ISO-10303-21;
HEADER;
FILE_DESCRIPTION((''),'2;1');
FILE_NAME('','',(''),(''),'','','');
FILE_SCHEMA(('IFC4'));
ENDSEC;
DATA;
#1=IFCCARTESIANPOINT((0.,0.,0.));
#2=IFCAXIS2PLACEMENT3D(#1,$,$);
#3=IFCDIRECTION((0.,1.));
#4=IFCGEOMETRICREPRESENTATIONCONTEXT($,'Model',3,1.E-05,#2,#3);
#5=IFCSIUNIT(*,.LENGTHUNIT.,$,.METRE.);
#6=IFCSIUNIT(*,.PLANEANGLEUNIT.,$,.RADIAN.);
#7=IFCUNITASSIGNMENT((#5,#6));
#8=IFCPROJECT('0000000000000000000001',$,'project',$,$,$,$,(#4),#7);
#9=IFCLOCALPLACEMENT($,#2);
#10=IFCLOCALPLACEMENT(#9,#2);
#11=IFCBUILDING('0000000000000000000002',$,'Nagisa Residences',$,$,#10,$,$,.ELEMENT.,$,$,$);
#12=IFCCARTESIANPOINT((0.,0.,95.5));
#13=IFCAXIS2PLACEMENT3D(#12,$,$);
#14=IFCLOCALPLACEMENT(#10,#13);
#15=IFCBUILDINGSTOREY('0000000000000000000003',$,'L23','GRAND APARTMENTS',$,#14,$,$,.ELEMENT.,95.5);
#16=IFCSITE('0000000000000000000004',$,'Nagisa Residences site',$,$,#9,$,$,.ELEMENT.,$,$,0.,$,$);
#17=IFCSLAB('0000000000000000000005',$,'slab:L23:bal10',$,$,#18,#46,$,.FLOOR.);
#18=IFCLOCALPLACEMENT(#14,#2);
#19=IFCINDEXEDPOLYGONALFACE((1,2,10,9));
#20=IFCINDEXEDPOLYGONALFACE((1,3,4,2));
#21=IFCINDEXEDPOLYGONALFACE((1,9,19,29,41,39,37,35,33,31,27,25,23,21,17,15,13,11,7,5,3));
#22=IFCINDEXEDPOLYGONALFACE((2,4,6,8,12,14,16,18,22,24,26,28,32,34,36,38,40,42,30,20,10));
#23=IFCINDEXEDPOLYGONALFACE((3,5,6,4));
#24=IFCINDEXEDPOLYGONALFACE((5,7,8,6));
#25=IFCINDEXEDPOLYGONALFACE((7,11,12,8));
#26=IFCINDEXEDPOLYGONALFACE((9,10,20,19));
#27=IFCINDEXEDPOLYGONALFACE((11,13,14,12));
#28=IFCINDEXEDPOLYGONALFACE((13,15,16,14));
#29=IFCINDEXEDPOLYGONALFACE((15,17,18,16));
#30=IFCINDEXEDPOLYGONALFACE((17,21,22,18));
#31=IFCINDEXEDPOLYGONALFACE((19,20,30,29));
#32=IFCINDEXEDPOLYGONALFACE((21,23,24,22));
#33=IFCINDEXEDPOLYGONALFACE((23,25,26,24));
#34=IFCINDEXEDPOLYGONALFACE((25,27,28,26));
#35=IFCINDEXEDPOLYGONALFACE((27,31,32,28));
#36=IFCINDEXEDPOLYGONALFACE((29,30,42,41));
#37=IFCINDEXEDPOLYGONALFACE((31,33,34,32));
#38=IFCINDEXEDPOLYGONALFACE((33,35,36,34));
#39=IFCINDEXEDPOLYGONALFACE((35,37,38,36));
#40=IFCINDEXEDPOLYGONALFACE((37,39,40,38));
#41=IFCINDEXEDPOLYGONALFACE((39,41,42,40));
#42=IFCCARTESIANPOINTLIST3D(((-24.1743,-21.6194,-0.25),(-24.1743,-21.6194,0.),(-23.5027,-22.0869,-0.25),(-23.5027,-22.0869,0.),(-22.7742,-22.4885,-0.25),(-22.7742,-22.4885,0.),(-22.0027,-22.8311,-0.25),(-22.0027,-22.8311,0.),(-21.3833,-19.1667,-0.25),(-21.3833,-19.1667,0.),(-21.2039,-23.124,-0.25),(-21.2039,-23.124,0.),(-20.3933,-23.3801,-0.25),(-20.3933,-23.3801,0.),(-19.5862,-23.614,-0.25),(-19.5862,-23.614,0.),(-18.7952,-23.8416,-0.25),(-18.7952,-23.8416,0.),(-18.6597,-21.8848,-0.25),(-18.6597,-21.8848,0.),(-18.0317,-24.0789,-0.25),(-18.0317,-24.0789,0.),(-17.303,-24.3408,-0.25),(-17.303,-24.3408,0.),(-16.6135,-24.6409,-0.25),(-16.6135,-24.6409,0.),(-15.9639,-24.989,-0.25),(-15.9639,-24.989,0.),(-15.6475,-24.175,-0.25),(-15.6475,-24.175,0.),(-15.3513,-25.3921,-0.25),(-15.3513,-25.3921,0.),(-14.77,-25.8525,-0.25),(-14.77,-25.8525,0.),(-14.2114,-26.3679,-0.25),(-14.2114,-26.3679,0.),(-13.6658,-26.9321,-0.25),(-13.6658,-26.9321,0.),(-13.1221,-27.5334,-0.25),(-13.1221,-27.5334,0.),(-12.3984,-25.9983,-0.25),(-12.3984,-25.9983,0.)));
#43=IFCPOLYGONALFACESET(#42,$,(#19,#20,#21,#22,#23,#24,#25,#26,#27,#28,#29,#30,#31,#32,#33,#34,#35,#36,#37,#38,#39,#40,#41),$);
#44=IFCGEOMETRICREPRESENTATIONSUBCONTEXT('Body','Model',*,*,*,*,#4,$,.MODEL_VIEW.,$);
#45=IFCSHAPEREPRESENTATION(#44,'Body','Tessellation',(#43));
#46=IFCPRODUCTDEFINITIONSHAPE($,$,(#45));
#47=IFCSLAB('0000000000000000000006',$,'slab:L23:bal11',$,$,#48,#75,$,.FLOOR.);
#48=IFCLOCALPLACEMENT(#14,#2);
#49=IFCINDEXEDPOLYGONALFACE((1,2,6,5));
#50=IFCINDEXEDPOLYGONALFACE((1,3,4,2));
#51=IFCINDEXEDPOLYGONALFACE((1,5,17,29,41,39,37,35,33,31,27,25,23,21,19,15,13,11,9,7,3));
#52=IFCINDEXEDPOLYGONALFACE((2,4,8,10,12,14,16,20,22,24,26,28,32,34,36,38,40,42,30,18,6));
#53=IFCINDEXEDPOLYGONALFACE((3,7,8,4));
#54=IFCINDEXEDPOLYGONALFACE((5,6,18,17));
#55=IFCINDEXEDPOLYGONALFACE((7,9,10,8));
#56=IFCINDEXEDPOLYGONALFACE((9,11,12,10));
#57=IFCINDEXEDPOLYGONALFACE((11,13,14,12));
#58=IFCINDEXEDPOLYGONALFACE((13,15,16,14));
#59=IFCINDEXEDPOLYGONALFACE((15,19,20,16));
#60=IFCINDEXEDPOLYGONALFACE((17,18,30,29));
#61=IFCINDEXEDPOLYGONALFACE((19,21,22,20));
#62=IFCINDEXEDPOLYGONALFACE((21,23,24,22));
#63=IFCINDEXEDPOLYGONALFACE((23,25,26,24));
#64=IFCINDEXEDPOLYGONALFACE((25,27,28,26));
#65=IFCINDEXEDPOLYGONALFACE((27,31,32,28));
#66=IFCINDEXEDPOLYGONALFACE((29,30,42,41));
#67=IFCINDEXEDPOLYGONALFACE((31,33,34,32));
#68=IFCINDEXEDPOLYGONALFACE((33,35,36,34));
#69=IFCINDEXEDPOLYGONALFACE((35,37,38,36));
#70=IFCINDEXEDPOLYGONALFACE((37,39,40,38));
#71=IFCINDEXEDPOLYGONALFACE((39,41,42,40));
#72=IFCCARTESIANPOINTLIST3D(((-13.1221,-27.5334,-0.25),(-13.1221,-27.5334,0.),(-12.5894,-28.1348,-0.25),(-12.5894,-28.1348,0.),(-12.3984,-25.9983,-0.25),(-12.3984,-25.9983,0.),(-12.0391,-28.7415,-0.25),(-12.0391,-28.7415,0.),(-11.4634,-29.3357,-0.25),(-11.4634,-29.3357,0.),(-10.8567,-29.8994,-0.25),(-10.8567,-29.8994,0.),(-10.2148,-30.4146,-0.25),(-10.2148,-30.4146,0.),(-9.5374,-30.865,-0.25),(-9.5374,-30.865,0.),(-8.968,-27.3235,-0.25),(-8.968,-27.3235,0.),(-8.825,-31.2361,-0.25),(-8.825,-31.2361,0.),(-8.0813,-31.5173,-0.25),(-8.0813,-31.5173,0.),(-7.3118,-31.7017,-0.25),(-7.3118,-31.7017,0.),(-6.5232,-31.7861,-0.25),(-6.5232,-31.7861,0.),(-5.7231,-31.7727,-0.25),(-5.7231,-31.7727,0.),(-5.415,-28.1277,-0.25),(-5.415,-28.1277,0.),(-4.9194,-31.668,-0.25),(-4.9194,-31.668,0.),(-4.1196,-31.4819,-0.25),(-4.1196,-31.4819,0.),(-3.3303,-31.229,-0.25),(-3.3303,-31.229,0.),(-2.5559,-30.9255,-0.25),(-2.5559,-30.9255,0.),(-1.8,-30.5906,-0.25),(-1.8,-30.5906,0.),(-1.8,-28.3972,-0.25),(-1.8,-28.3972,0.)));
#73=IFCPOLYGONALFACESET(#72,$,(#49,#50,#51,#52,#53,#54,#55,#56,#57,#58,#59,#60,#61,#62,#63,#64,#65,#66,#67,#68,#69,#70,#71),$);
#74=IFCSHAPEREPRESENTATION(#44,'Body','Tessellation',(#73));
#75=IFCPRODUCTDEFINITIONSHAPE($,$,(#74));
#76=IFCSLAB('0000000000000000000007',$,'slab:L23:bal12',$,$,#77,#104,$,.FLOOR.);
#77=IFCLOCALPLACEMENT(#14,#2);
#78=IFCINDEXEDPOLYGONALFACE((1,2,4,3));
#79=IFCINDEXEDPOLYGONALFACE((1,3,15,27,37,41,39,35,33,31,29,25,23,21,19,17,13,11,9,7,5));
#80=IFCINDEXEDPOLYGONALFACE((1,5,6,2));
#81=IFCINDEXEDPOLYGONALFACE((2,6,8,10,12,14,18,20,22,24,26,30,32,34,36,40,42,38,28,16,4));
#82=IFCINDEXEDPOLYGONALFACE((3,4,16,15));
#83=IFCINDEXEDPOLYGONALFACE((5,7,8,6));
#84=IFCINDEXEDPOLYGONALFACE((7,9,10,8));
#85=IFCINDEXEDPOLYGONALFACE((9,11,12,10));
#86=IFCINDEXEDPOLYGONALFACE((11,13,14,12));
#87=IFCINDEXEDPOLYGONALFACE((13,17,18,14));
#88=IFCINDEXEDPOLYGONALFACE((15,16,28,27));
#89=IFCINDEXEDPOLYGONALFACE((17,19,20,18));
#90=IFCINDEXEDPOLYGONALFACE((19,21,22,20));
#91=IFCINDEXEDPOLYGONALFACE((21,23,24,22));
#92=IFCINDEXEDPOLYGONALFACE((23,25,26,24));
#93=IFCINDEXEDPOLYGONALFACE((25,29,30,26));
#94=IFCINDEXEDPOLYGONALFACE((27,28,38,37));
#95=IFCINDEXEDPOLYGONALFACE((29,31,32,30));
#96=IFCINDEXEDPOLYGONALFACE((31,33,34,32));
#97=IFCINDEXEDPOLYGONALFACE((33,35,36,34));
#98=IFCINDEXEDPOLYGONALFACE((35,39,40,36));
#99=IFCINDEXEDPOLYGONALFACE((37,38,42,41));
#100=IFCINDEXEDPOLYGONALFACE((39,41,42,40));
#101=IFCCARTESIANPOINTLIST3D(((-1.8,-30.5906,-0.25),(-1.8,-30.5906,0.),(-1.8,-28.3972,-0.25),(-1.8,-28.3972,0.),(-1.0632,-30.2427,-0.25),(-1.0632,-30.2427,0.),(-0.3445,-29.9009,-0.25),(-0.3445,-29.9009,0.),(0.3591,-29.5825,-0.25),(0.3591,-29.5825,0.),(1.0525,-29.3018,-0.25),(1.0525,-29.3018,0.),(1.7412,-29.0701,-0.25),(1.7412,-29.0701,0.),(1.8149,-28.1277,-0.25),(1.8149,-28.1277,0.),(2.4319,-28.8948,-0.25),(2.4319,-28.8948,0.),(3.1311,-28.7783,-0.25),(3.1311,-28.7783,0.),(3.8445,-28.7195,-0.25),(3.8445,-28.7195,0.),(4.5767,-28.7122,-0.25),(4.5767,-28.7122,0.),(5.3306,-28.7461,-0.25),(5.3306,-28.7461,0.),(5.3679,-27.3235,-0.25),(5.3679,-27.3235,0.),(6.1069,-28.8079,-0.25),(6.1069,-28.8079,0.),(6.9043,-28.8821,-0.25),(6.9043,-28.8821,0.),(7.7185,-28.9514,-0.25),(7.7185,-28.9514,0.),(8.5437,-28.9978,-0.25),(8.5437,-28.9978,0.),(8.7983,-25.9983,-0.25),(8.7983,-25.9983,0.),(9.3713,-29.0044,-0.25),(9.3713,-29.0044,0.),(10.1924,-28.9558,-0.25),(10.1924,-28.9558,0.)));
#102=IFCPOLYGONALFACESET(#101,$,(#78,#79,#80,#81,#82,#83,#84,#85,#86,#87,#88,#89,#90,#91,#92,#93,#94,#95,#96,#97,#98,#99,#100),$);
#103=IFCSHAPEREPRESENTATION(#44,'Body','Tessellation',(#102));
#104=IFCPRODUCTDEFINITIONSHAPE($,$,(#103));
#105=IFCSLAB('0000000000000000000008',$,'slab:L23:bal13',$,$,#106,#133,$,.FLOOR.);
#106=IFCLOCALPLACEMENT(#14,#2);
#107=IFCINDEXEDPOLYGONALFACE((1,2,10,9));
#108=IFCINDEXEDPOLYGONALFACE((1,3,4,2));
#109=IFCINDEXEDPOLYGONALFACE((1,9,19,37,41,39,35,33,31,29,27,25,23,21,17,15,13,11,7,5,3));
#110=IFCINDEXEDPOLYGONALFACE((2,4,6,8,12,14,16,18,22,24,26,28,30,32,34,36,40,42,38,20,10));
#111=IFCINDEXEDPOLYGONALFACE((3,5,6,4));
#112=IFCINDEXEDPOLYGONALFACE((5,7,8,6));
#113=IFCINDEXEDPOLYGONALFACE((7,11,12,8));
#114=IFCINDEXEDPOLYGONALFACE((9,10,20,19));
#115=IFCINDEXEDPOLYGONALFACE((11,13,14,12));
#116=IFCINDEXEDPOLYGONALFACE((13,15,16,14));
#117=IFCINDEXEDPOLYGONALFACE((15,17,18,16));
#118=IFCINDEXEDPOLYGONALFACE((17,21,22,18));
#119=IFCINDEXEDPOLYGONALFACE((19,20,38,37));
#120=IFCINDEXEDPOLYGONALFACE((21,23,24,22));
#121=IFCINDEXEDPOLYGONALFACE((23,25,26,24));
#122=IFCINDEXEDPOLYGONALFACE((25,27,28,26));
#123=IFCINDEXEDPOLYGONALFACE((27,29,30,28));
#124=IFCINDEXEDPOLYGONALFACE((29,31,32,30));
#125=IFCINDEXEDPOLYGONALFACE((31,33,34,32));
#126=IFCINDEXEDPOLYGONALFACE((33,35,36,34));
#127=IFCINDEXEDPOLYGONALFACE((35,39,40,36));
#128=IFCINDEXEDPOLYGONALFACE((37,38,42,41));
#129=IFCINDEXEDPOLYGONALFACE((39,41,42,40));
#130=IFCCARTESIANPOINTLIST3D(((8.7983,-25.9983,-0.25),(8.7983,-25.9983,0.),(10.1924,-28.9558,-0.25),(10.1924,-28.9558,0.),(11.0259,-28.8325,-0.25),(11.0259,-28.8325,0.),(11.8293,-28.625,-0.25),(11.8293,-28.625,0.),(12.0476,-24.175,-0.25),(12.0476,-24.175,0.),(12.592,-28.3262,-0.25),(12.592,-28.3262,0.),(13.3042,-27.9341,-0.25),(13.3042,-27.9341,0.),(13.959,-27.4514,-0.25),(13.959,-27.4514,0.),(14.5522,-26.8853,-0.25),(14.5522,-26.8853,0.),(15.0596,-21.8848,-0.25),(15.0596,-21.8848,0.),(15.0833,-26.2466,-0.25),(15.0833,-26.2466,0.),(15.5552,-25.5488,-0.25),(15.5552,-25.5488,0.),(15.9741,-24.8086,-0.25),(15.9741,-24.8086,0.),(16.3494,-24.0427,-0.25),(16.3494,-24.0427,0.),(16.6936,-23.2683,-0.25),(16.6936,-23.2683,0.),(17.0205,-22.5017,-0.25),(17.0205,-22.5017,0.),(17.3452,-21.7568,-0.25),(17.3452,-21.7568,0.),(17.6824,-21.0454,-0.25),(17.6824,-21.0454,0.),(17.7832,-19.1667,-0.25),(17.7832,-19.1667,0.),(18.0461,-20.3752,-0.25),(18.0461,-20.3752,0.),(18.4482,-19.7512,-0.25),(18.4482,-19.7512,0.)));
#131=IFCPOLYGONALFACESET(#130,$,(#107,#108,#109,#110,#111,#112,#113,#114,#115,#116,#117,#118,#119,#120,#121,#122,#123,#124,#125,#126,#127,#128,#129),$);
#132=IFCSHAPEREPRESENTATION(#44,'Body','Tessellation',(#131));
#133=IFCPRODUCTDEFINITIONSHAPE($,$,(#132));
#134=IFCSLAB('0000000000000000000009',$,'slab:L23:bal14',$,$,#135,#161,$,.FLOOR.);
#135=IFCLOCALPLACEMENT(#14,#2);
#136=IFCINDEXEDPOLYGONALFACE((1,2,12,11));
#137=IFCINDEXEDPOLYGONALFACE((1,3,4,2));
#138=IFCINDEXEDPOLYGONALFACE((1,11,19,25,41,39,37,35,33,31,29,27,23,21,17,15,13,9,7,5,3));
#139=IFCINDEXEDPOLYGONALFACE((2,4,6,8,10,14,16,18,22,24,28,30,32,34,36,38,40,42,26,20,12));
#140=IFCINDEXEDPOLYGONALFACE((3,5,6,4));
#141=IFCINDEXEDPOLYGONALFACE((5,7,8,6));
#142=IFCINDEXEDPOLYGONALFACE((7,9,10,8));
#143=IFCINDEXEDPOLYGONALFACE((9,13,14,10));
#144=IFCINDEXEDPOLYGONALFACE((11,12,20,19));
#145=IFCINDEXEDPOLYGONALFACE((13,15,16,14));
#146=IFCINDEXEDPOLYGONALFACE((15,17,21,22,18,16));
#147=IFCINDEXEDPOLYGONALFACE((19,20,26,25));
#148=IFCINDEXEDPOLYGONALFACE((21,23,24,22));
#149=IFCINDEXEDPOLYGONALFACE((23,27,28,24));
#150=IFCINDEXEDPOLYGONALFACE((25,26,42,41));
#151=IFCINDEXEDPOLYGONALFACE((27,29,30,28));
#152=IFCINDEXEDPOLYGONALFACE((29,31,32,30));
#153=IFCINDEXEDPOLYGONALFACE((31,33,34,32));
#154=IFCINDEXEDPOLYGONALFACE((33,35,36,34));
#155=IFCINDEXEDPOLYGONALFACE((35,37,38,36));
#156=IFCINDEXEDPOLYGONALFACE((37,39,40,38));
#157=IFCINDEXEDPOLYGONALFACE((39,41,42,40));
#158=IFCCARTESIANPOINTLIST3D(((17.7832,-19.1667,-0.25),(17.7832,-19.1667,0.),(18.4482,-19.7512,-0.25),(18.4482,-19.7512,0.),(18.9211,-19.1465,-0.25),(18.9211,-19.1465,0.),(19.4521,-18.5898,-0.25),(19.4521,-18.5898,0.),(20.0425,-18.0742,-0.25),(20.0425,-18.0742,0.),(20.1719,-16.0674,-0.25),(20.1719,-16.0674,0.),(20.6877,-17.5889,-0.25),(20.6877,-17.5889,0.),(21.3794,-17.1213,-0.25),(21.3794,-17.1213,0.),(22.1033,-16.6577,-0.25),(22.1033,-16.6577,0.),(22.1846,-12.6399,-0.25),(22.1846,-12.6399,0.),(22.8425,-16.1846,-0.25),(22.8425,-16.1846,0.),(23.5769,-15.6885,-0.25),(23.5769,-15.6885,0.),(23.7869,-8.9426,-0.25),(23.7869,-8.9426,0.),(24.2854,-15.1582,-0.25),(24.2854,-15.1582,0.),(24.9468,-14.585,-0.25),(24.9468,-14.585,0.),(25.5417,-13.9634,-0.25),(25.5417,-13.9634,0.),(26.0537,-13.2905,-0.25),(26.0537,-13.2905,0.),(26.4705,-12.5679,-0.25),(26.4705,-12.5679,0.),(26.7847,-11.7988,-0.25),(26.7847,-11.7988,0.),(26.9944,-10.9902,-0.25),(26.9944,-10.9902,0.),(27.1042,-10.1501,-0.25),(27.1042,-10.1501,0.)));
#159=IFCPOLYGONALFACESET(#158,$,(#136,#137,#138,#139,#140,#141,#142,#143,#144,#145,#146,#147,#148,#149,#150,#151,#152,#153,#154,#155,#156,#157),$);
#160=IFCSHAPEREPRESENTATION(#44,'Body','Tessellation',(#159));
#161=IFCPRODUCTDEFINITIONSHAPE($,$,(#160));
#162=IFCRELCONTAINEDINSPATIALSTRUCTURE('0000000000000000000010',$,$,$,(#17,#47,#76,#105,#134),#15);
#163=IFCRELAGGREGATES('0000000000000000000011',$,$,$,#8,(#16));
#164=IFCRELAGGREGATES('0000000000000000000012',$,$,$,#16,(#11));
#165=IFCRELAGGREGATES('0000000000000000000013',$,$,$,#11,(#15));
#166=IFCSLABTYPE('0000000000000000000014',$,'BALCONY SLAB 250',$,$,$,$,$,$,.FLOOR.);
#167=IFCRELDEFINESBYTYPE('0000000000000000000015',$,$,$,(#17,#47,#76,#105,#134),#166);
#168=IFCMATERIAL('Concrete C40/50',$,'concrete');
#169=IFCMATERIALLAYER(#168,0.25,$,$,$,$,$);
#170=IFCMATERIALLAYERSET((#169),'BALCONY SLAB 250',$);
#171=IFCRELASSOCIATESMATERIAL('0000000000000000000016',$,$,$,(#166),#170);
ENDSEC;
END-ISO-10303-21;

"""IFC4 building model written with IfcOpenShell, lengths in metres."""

from ifc_helpers import new_model, si_unit, direction, frame, origin, place, context, subcontext, project, spatial, polyline, outline, extrude, material, layer, layer_set, type_object, element, save


model = new_model("IFC4")

# Units and contexts
model_context = context("Model", 3, precision=1e-05, world=origin(), true_north=direction((0.0, 1.0)))
body_context = subcontext(model_context, "Body", "Model", "MODEL_VIEW")
ifc_project = project(units=[si_unit("LENGTHUNIT", "METRE"), si_unit("PLANEANGLEUNIT", "RADIAN")], contexts=[model_context])

# Site, building, storey
site_placement = place(None, origin())
site = spatial("IfcSite", under=ifc_project, at=site_placement, Name="Nagisa Residences site", CompositionType="ELEMENT", RefElevation=0.0)
building_placement = place(site_placement, origin())
building = spatial("IfcBuilding", under=site, at=building_placement, Name="Nagisa Residences", CompositionType="ELEMENT")
storey_placement = place(building_placement, frame((0.0, 0.0, 95.5)))
storey = spatial("IfcBuildingStorey", under=building, at=storey_placement, Name="L23", Description="GRAND APARTMENTS", CompositionType="ELEMENT", Elevation=95.5)

# Slabs
ifc_material_1 = material(Name="Concrete C40/50", Category="concrete")
ifc_layer_1 = layer(ifc_material_1, 0.25)
ifc_layer_set_1 = layer_set([ifc_layer_1], Name="BALCONY SLAB 250")
slab_type_1 = type_object("IfcSlabType", Name="BALCONY SLAB 250", PredefinedType="FLOOR", material=ifc_layer_set_1)
slab_1_placement = place(storey_placement, frame((0.0, 0.0, -0.25)))
element("IfcSlab", 1, at=slab_1_placement, inside=storey, type_object=slab_type_1, Name="slab:L23:bal10", PredefinedType="FLOOR", context=body_context, shape_type="SweptSolid", body=[
    extrude(outline(polyline([(-24.1743, -21.6194), (-23.5027, -22.0869), (-22.7742, -22.4885), (-22.0027, -22.8311), (-21.2039, -23.124), (-20.3933, -23.3801), (-19.5862, -23.614), (-18.7952, -23.8416), (-18.0317, -24.0789), (-17.303, -24.3408), (-16.6135, -24.6409), (-15.9639, -24.989), (-15.3513, -25.3921), (-14.77, -25.8525), (-14.2114, -26.3679), (-13.6658, -26.9321), (-13.1221, -27.5334), (-12.3984, -25.9983), (-15.6475, -24.175), (-18.6597, -21.8848), (-21.3833, -19.1667), (-24.1743, -21.6194)])), origin(), (0.0, 0.0, 1.0), 0.25),
])
slab_2_placement = place(storey_placement, frame((0.0, 0.0, -0.25)))
element("IfcSlab", 2, at=slab_2_placement, inside=storey, type_object=slab_type_1, Name="slab:L23:bal11", PredefinedType="FLOOR", context=body_context, shape_type="SweptSolid", body=[
    extrude(outline(polyline([(-13.1221, -27.5334), (-12.5894, -28.1348), (-12.0391, -28.7415), (-11.4634, -29.3357), (-10.8567, -29.8994), (-10.2148, -30.4146), (-9.5374, -30.865), (-8.825, -31.2361), (-8.0813, -31.5173), (-7.3118, -31.7017), (-6.5232, -31.7861), (-5.7231, -31.7727), (-4.9194, -31.668), (-4.1196, -31.4819), (-3.3303, -31.229), (-2.5559, -30.9255), (-1.8, -30.5906), (-1.8, -28.3972), (-5.415, -28.1277), (-8.968, -27.3235), (-12.3984, -25.9983), (-13.1221, -27.5334)])), origin(), (0.0, 0.0, 1.0), 0.25),
])
slab_3_placement = place(storey_placement, frame((0.0, 0.0, -0.25)))
element("IfcSlab", 3, at=slab_3_placement, inside=storey, type_object=slab_type_1, Name="slab:L23:bal12", PredefinedType="FLOOR", context=body_context, shape_type="SweptSolid", body=[
    extrude(outline(polyline([(-1.8, -30.5906), (-1.0632, -30.2427), (-0.3445, -29.9009), (0.3591, -29.5825), (1.0525, -29.3018), (1.7412, -29.0701), (2.4319, -28.8948), (3.1311, -28.7783), (3.8445, -28.7195), (4.5767, -28.7122), (5.3306, -28.7461), (6.1069, -28.8079), (6.9043, -28.8821), (7.7185, -28.9514), (8.5437, -28.9978), (9.3713, -29.0044), (10.1924, -28.9558), (8.7983, -25.9983), (5.3679, -27.3235), (1.8149, -28.1277), (-1.8, -28.3972), (-1.8, -30.5906)])), origin(), (0.0, 0.0, 1.0), 0.25),
])
slab_4_placement = place(storey_placement, frame((0.0, 0.0, -0.25)))
element("IfcSlab", 4, at=slab_4_placement, inside=storey, type_object=slab_type_1, Name="slab:L23:bal13", PredefinedType="FLOOR", context=body_context, shape_type="SweptSolid", body=[
    extrude(outline(polyline([(10.1924, -28.9558), (11.0259, -28.8325), (11.8293, -28.625), (12.592, -28.3262), (13.3042, -27.9341), (13.959, -27.4514), (14.5522, -26.8853), (15.0833, -26.2466), (15.5552, -25.5488), (15.9741, -24.8086), (16.3494, -24.0427), (16.6936, -23.2683), (17.0205, -22.5017), (17.3452, -21.7568), (17.6824, -21.0454), (18.0461, -20.3752), (18.4482, -19.7512), (17.7832, -19.1667), (15.0596, -21.8848), (12.0476, -24.175), (8.7983, -25.9983), (10.1924, -28.9558)])), origin(), (0.0, 0.0, 1.0), 0.25),
])
slab_5_placement = place(storey_placement, frame((0.0, 0.0, -0.25)))
element("IfcSlab", 5, at=slab_5_placement, inside=storey, type_object=slab_type_1, Name="slab:L23:bal14", PredefinedType="FLOOR", context=body_context, shape_type="SweptSolid", body=[
    extrude(outline(polyline([(18.4482, -19.7512), (18.9211, -19.1465), (19.4521, -18.5898), (20.0425, -18.0742), (20.6877, -17.5889), (21.3794, -17.1213), (22.1033, -16.6577), (22.8425, -16.1846), (23.5769, -15.6885), (24.2854, -15.1582), (24.9468, -14.585), (25.5417, -13.9634), (26.0537, -13.2905), (26.4705, -12.5679), (26.7847, -11.7988), (26.9944, -10.9902), (27.1042, -10.1501), (23.7869, -8.9426), (22.1846, -12.6399), (20.1719, -16.0674), (17.7832, -19.1667), (18.4482, -19.7512)])), origin(), (0.0, 0.0, 1.0), 0.25),
])

save(model, "model.ifc")
